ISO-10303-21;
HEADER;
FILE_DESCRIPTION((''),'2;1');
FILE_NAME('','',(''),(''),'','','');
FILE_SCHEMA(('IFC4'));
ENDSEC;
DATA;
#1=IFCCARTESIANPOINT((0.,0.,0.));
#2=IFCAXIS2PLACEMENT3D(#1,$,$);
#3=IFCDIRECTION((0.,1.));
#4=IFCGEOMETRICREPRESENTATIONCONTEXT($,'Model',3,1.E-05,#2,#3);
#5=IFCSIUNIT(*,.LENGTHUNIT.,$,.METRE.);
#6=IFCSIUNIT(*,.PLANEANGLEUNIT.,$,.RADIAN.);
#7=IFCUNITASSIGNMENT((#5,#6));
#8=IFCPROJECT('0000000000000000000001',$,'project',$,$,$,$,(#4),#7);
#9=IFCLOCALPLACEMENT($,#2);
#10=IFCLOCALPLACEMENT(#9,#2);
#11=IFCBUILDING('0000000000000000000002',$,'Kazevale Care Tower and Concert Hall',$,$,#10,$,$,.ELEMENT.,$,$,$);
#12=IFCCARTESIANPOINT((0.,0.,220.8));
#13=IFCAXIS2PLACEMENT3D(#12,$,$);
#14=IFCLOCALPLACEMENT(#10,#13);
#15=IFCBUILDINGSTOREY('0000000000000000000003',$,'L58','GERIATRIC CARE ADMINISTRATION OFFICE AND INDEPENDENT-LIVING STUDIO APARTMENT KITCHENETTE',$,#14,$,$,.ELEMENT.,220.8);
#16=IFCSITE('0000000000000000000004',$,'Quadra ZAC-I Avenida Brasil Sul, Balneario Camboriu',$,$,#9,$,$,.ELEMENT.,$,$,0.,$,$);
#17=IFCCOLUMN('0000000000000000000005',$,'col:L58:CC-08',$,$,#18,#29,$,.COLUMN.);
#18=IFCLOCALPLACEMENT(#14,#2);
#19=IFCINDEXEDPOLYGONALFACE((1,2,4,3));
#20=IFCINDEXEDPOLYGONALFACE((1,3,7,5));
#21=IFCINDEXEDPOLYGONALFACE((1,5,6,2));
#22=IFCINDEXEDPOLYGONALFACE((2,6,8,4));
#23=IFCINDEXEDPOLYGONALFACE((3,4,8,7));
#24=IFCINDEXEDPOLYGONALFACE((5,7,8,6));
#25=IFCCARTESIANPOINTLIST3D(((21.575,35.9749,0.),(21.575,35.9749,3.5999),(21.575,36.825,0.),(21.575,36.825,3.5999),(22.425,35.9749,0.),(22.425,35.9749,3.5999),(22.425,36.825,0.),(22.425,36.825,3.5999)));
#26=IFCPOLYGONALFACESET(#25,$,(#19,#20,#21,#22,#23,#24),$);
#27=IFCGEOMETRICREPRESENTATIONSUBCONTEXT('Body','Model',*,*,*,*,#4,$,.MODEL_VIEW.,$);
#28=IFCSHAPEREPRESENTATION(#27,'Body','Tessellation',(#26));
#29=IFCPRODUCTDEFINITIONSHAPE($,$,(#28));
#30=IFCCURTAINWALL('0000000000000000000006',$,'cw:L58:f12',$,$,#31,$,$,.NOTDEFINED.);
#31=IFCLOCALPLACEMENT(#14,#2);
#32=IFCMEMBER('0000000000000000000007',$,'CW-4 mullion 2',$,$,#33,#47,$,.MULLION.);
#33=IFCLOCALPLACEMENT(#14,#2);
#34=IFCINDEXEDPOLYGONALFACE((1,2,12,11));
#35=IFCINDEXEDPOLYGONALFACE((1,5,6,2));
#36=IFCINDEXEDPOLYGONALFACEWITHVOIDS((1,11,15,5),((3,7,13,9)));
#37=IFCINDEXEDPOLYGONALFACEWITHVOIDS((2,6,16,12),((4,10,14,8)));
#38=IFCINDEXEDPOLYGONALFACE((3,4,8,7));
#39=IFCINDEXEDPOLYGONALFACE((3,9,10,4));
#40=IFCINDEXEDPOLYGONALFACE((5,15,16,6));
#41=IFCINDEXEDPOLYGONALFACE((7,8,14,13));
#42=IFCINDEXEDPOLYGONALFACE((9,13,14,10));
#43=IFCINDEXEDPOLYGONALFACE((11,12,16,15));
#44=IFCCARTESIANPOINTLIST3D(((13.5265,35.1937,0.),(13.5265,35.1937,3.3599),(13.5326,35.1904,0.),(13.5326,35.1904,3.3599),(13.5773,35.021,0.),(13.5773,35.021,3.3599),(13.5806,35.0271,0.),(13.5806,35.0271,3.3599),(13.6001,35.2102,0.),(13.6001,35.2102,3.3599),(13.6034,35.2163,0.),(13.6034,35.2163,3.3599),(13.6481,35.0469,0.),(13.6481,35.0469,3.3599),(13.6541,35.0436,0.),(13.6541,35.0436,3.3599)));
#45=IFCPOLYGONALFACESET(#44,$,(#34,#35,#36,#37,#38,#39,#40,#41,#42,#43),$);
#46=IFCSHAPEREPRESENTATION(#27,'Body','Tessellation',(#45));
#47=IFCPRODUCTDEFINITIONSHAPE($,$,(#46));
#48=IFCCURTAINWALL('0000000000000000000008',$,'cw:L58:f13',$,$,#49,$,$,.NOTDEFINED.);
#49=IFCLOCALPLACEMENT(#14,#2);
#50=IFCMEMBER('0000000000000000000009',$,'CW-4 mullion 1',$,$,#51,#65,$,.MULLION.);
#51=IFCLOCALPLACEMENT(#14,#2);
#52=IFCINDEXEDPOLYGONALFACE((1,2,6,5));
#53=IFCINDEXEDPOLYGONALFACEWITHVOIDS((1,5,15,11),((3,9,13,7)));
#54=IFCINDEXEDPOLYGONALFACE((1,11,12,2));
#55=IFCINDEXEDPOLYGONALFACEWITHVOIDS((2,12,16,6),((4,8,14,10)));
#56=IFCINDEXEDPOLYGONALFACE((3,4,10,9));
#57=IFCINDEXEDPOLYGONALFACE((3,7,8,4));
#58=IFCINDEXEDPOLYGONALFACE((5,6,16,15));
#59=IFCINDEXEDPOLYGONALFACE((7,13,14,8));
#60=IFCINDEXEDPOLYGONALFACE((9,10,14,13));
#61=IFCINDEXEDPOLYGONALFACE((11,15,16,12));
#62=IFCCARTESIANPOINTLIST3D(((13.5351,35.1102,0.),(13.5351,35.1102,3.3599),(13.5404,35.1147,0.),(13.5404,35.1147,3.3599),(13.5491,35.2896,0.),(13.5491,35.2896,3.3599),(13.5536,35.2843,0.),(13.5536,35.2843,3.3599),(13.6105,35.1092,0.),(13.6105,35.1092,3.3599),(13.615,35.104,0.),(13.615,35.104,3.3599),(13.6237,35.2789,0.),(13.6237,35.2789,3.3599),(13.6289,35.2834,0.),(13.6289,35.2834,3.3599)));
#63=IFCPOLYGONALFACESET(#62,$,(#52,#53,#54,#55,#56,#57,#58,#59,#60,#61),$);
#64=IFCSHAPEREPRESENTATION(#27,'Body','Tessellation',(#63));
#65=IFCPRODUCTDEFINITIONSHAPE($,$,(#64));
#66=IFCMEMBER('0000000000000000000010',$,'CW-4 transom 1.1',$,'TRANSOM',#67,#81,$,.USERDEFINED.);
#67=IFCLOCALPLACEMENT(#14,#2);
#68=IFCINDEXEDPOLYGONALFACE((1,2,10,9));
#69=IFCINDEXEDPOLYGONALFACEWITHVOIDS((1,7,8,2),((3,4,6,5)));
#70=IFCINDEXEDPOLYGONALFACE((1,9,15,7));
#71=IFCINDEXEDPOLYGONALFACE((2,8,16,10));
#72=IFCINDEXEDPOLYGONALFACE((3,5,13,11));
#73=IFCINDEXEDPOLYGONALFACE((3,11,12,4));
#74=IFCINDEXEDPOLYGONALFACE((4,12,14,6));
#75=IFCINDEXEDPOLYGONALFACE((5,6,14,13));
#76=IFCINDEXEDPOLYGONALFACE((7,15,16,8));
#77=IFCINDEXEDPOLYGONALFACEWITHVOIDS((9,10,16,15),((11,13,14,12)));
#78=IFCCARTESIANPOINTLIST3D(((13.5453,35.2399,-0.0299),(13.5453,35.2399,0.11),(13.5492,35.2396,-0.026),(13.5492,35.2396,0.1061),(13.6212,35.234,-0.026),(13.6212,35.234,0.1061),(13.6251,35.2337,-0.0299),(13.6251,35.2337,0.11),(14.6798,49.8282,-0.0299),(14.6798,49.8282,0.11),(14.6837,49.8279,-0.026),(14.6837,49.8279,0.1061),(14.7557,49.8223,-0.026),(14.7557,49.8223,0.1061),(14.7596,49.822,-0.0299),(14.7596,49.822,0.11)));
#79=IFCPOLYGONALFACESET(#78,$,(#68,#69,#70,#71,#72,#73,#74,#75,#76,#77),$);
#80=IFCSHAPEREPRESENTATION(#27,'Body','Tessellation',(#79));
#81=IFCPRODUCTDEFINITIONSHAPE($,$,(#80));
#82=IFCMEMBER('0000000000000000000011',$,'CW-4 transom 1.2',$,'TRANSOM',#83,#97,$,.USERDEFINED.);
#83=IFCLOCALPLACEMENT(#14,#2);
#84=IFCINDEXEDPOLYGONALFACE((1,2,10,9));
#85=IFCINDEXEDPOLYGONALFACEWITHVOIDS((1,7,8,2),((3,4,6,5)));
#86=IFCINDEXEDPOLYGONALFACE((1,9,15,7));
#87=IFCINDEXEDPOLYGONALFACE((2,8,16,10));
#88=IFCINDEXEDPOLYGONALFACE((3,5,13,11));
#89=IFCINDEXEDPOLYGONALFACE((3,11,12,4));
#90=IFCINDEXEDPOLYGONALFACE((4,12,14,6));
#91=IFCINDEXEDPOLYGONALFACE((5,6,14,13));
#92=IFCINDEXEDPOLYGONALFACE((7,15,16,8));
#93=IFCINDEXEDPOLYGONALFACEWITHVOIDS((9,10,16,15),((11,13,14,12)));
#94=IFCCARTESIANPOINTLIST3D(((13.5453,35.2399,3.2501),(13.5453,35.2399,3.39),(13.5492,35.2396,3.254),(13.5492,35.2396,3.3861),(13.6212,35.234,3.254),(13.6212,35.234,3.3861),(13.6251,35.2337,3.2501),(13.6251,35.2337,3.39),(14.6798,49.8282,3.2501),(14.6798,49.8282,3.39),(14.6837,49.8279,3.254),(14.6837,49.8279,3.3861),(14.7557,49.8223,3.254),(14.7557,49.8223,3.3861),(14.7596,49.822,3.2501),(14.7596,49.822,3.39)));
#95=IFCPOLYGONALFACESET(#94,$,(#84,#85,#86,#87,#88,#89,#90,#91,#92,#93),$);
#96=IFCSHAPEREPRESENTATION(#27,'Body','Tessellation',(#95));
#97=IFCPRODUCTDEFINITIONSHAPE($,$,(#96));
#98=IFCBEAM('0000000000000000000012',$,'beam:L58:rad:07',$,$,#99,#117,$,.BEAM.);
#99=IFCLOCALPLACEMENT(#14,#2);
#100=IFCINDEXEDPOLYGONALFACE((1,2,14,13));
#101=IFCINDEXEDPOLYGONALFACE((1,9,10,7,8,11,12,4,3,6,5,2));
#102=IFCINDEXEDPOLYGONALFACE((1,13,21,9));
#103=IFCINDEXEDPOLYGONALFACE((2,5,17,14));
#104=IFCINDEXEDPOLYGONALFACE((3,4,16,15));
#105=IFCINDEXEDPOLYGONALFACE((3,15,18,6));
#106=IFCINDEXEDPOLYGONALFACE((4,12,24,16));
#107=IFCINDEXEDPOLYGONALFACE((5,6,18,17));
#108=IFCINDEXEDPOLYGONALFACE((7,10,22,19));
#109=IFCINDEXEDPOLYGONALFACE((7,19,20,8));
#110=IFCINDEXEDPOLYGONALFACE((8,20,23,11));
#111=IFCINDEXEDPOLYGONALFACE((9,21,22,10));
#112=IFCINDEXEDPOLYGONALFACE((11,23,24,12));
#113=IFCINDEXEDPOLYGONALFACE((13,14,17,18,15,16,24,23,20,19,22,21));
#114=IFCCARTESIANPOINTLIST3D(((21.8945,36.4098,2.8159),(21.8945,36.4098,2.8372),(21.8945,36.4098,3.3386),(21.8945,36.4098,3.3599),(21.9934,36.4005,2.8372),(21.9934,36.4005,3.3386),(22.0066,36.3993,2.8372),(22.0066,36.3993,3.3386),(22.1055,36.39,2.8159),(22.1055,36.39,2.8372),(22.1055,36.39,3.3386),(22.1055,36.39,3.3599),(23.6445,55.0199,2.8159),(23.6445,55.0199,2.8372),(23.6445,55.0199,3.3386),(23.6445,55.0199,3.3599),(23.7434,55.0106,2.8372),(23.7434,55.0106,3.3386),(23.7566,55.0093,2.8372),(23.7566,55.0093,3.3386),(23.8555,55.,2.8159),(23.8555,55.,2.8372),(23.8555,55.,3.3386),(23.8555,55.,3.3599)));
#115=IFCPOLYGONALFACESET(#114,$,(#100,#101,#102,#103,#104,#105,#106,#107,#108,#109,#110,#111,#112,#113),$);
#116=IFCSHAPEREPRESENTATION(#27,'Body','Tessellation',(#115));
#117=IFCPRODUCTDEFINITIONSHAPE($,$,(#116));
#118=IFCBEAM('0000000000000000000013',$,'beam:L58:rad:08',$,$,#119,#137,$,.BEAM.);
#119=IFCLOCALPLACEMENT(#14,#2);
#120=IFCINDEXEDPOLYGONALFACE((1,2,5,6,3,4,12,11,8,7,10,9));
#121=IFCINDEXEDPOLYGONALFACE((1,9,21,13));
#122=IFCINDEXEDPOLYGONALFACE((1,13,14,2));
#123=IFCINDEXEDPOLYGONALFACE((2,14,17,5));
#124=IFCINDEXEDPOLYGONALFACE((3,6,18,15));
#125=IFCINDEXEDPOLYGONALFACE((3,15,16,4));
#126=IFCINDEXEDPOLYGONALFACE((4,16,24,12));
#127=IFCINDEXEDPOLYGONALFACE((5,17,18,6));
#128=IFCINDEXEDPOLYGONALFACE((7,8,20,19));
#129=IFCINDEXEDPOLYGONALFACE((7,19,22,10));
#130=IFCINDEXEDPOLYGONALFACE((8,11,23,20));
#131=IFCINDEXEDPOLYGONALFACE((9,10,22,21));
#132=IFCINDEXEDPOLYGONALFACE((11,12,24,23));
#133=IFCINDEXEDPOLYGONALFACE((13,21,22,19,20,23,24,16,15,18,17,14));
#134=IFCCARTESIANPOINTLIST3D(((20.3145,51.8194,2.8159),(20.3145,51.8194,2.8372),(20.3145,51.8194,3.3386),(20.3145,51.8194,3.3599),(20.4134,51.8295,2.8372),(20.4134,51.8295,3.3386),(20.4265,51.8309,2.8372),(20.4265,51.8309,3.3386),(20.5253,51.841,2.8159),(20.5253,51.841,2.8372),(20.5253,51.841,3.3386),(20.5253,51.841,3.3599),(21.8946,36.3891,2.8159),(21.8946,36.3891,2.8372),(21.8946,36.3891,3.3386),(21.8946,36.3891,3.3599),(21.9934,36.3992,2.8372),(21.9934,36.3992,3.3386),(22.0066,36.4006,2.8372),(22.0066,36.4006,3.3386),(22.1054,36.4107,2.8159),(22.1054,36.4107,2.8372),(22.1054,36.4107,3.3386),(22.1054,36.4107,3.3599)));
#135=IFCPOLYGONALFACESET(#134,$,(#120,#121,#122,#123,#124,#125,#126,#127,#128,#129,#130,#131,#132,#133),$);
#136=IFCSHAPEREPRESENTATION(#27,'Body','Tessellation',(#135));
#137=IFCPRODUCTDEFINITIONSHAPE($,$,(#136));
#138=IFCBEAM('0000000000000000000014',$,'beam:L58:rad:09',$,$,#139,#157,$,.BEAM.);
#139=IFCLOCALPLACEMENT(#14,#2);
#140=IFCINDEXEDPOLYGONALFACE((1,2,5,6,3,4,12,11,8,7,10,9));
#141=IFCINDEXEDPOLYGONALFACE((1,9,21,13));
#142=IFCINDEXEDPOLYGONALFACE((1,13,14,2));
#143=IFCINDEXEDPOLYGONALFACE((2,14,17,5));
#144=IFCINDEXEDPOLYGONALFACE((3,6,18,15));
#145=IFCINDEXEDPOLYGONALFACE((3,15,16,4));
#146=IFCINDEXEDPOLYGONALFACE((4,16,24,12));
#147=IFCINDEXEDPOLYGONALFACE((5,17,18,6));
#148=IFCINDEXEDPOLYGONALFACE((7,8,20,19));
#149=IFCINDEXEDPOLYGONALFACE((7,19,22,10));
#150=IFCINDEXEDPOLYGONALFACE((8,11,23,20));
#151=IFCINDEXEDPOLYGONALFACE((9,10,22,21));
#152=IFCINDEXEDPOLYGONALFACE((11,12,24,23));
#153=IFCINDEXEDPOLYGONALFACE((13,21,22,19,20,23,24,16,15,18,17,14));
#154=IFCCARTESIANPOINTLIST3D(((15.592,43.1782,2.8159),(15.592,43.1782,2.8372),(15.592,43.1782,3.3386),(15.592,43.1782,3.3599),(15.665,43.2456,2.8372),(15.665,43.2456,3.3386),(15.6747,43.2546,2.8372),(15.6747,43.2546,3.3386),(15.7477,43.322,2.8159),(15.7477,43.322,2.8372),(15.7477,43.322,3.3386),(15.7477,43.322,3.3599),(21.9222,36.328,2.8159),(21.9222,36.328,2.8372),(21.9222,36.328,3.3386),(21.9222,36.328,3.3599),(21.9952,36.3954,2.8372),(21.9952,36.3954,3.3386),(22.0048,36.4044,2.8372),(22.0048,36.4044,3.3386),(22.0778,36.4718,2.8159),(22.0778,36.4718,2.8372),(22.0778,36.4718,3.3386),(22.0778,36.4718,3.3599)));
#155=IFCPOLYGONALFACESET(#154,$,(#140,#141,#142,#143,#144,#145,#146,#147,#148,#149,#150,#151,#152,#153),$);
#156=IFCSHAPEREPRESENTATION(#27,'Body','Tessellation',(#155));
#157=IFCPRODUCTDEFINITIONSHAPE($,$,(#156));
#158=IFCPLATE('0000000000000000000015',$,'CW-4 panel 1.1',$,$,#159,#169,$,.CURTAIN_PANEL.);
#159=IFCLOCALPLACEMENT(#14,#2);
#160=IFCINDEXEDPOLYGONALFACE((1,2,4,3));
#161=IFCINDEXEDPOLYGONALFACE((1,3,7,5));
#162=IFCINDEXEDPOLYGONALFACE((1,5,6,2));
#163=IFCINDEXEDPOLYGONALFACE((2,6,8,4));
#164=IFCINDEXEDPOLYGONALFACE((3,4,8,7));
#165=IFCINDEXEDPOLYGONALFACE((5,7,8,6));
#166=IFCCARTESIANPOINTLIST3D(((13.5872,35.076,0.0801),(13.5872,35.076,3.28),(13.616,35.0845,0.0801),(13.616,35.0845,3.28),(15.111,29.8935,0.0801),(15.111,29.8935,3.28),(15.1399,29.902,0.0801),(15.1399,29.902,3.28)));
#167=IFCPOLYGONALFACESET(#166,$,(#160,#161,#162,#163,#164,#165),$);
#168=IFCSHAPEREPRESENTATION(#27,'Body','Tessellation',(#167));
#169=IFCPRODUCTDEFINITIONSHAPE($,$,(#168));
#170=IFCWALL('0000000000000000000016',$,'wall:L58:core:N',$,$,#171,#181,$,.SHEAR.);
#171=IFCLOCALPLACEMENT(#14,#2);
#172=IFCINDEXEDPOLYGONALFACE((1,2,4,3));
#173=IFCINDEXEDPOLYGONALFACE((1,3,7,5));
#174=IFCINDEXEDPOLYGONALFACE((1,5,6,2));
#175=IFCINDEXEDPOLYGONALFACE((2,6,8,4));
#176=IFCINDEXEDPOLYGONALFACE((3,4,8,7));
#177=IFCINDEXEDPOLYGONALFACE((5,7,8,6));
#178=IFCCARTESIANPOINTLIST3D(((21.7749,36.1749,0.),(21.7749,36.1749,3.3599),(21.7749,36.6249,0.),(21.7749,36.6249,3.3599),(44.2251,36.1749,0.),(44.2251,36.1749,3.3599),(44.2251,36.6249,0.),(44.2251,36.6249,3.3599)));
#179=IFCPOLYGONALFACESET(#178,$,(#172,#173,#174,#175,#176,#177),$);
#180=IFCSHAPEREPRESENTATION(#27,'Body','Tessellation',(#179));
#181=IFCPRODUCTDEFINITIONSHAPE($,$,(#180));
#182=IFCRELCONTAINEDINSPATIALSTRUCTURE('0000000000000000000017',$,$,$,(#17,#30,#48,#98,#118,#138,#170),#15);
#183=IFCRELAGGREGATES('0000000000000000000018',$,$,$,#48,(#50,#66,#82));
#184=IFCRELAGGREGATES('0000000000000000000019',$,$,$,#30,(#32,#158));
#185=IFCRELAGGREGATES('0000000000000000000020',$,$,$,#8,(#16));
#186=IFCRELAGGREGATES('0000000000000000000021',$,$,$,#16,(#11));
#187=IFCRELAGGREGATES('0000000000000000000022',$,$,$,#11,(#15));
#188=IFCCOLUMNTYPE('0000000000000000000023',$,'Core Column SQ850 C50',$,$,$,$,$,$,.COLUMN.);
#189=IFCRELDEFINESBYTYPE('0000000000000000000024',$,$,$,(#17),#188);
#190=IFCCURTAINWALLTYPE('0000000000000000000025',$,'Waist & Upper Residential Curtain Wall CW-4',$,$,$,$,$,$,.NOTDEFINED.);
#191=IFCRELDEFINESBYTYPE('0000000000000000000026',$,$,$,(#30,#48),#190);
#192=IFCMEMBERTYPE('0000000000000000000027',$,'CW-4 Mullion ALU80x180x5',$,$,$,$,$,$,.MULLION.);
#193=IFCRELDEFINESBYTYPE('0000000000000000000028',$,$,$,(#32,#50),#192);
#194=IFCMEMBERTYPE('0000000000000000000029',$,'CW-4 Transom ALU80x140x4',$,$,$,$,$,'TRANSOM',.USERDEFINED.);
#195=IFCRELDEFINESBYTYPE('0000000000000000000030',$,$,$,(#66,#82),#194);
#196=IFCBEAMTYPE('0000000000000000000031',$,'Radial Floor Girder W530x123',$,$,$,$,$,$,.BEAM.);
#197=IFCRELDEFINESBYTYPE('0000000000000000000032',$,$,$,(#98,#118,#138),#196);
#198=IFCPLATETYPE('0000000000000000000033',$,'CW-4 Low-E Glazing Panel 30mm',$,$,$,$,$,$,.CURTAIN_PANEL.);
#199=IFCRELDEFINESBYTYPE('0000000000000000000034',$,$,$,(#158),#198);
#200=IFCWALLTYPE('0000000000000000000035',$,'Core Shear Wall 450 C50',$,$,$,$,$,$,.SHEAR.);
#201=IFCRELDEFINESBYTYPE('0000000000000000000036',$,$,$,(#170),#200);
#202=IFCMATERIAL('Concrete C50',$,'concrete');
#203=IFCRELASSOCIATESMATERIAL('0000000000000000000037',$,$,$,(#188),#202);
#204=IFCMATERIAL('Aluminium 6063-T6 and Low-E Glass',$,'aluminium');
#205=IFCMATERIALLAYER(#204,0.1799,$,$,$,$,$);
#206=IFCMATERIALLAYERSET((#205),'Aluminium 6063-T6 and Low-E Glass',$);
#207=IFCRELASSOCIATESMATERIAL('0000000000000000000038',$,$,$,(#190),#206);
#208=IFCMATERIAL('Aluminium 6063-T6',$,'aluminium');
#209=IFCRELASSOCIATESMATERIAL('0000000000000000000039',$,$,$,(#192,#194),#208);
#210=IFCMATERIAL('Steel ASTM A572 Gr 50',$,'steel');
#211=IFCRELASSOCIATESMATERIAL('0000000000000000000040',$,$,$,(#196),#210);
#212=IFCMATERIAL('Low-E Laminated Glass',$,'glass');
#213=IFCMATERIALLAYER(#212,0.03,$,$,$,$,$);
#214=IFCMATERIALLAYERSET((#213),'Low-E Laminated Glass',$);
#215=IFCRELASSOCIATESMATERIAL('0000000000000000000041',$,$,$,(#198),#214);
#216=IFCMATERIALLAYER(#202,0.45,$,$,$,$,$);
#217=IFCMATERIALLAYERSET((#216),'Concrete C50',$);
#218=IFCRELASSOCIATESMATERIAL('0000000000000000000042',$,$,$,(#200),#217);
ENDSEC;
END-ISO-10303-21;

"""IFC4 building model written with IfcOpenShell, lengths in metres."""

from ifc_helpers import new_model, si_unit, direction, frame, frame_2d, origin, origin_2d, place, context, subcontext, project, spatial, rectangle, hollow_rectangle, i_section, extrude, material, layer, layer_set, material_profile, profile_set, type_object, element, aggregate, save


model = new_model("IFC4")

# Units and contexts
model_context = context("Model", 3, precision=1e-05, world=origin(), true_north=direction((0.0, 1.0)))
body_context = subcontext(model_context, "Body", "Model", "MODEL_VIEW")
ifc_project = project(units=[si_unit("LENGTHUNIT", "METRE"), si_unit("PLANEANGLEUNIT", "RADIAN")], contexts=[model_context])

# Site, building, storey
site_placement = place(None, origin())
site = spatial("IfcSite", under=ifc_project, at=site_placement, Name="Quadra ZAC-I Avenida Brasil Sul, Balneario Camboriu", CompositionType="ELEMENT", RefElevation=0.0)
building_placement = place(site_placement, origin())
building = spatial("IfcBuilding", under=site, at=building_placement, Name="Kazevale Care Tower and Concert Hall", CompositionType="ELEMENT")
storey_placement = place(building_placement, frame((0.0, 0.0, 220.8)))
storey = spatial("IfcBuildingStorey", under=building, at=storey_placement, Name="L58", Description="GERIATRIC CARE ADMINISTRATION OFFICE AND INDEPENDENT-LIVING STUDIO APARTMENT KITCHENETTE", CompositionType="ELEMENT", Elevation=220.8)

# Column
ifc_material_1 = material(Name="Concrete C50", Category="concrete")
ifc_material_profile_1 = material_profile(ifc_material_1, rectangle(XDim=0.8501, YDim=0.8501, at=origin_2d()), Name="RC-SQ850")
ifc_profile_set_1 = profile_set([ifc_material_profile_1], Name="Concrete C50")
column_type = type_object("IfcColumnType", Name="Core Column SQ850 C50", PredefinedType="COLUMN", material=ifc_profile_set_1)
column_placement = place(storey_placement, frame((22.0, 36.3999, 0.0), z_axis=(0.0, 0.0, 1.0), x_axis=(1.0, 0.0, 0.0)))
element("IfcColumn", 1, at=column_placement, inside=storey, type_object=column_type, Name="col:L58:CC-08", PredefinedType="COLUMN", context=body_context, shape_type="SweptSolid", body=[
    extrude(rectangle(XDim=0.8501, YDim=0.8501, at=origin_2d()), origin(), (0.0, 0.0, 1.0), 3.5999),
])

# Curtain wall, member
ifc_material_2 = material(Name="Aluminium 6063-T6 and Low-E Glass", Category="aluminium")
ifc_layer_1 = layer(ifc_material_2, 0.1799)
ifc_layer_set_1 = layer_set([ifc_layer_1], Name="Aluminium 6063-T6 and Low-E Glass")
curtain_wall_type = type_object("IfcCurtainWallType", Name="Waist & Upper Residential Curtain Wall CW-4", PredefinedType="NOTDEFINED", material=ifc_layer_set_1)
curtain_wall_1_placement = place(storey_placement, origin())
curtain_wall_1 = element("IfcCurtainWall", 2, at=curtain_wall_1_placement, inside=storey, type_object=curtain_wall_type, Name="cw:L58:f12", PredefinedType="NOTDEFINED")
ifc_material_3 = material(Name="Aluminium 6063-T6", Category="aluminium")
ifc_material_profile_2 = material_profile(ifc_material_3, hollow_rectangle(XDim=0.0801, YDim=0.1799, WallThickness=0.0049, at=origin_2d()), Name="ALU80x180x5")
ifc_profile_set_2 = profile_set([ifc_material_profile_2], Name="Aluminium 6063-T6")
member_type_1 = type_object("IfcMemberType", Name="CW-4 Mullion ALU80x180x5", PredefinedType="MULLION", material=ifc_profile_set_2)
member_1_placement = place(storey_placement, frame((13.5903, 35.1187, 0.0), z_axis=(0.0, 0.0, 1.0), x_axis=(-0.959386, -0.282098, 0.0)))
member_1 = element("IfcMember", 3, at=member_1_placement, type_object=member_type_1, Name="CW-4 mullion 2", PredefinedType="MULLION", context=body_context, shape_type="SweptSolid", body=[
    extrude(hollow_rectangle(XDim=0.0801, YDim=0.1799, WallThickness=0.0049, at=origin_2d()), origin(), (0.0, 0.0, 1.0), 3.3599),
])

# Curtain wall, members
curtain_wall_2_placement = place(storey_placement, origin())
curtain_wall_2 = element("IfcCurtainWall", 4, at=curtain_wall_2_placement, inside=storey, type_object=curtain_wall_type, Name="cw:L58:f13", PredefinedType="NOTDEFINED")
member_2_placement = place(storey_placement, frame((13.582, 35.1968, 0.0), z_axis=(0.0, 0.0, 1.0), x_axis=(-0.996989, 0.077539, 0.0)))
member_2 = element("IfcMember", 5, at=member_2_placement, type_object=member_type_1, Name="CW-4 mullion 1", PredefinedType="MULLION", context=body_context, shape_type="SweptSolid", body=[
    extrude(hollow_rectangle(XDim=0.0801, YDim=0.1799, WallThickness=0.0049, at=origin_2d()), origin(), (0.0, 0.0, 1.0), 3.3599),
])
ifc_material_profile_3 = material_profile(ifc_material_3, hollow_rectangle(XDim=0.0801, YDim=0.1399, WallThickness=0.0039, at=origin_2d()), Name="ALU80x140x4")
ifc_profile_set_3 = profile_set([ifc_material_profile_3], Name="Aluminium 6063-T6")
member_type_2 = type_object("IfcMemberType", Name="CW-4 Transom ALU80x140x4", ElementType="TRANSOM", PredefinedType="USERDEFINED", material=ifc_profile_set_3)
member_3_placement = place(storey_placement, frame((13.5852, 35.2368, 0.04), z_axis=(0.077535, 0.99699, 0.0), x_axis=(-0.99699, 0.077535, 0.0)))
member_3 = element("IfcMember", 6, at=member_3_placement, type_object=member_type_2, Name="CW-4 transom 1.1", ObjectType="TRANSOM", PredefinedType="USERDEFINED", context=body_context, shape_type="SweptSolid", body=[
    extrude(hollow_rectangle(XDim=0.0801, YDim=0.1399, WallThickness=0.0039, at=origin_2d()), origin(), (0.0, 0.0, 1.0), 14.6323),
])
member_4_placement = place(storey_placement, frame((13.5852, 35.2368, 3.3201), z_axis=(0.077535, 0.99699, 0.0), x_axis=(-0.99699, 0.077535, 0.0)))
member_4 = element("IfcMember", 7, at=member_4_placement, type_object=member_type_2, Name="CW-4 transom 1.2", ObjectType="TRANSOM", PredefinedType="USERDEFINED", context=body_context, shape_type="SweptSolid", body=[
    extrude(hollow_rectangle(XDim=0.0801, YDim=0.1399, WallThickness=0.0039, at=origin_2d()), origin(), (0.0, 0.0, 1.0), 14.6323),
])
aggregate(curtain_wall_2, [member_2, member_3, member_4])

# Beams
ifc_material_4 = material(Name="Steel ASTM A572 Gr 50", Category="steel")
ifc_material_profile_4 = material_profile(ifc_material_4, i_section(OverallWidth=0.2119, OverallDepth=0.5439, WebThickness=0.0132, FlangeThickness=0.0212, at=origin_2d()), Name="W530x123")
ifc_profile_set_4 = profile_set([ifc_material_profile_4], Name="Steel ASTM A572 Gr 50")
beam_type = type_object("IfcBeamType", Name="Radial Floor Girder W530x123", PredefinedType="BEAM", material=ifc_profile_set_4)
beam_1_placement = place(storey_placement, frame((22.0, 36.3999, 3.0879), z_axis=(0.093622, 0.995608, 0.0), x_axis=(-0.995608, 0.093622, 0.0)))
element("IfcBeam", 8, at=beam_1_placement, inside=storey, type_object=beam_type, Name="beam:L58:rad:07", PredefinedType="BEAM", context=body_context, shape_type="SweptSolid", body=[
    extrude(i_section(OverallWidth=0.2119, OverallDepth=0.5439, WebThickness=0.0132, FlangeThickness=0.0212, at=origin_2d()), origin(), (0.0, 0.0, 1.0), 18.6921),
])
beam_2_placement = place(storey_placement, frame((22.0, 36.3999, 3.0879), z_axis=(-0.101869, 0.994798, 0.0), x_axis=(-0.994798, -0.101869, 0.0)))
element("IfcBeam", 9, at=beam_2_placement, inside=storey, type_object=beam_type, Name="beam:L58:rad:08", PredefinedType="BEAM", context=body_context, shape_type="SweptSolid", body=[
    extrude(i_section(OverallWidth=0.2119, OverallDepth=0.5439, WebThickness=0.0132, FlangeThickness=0.0212, at=origin_2d()), origin(), (0.0, 0.0, 1.0), 15.511),
])
beam_3_placement = place(storey_placement, frame((22.0, 36.3999, 3.0879), z_axis=(-0.67868, 0.734434, 0.0), x_axis=(-0.734434, -0.67868, 0.0)))
element("IfcBeam", 10, at=beam_3_placement, inside=storey, type_object=beam_type, Name="beam:L58:rad:09", PredefinedType="BEAM", context=body_context, shape_type="SweptSolid", body=[
    extrude(i_section(OverallWidth=0.2119, OverallDepth=0.5439, WebThickness=0.0132, FlangeThickness=0.0212, at=origin_2d()), origin(), (0.0, 0.0, 1.0), 9.3271),
])

# Plate
ifc_material_5 = material(Name="Low-E Laminated Glass", Category="glass")
ifc_layer_2 = layer(ifc_material_5, 0.03)
ifc_layer_set_2 = layer_set([ifc_layer_2], Name="Low-E Laminated Glass")
plate_type = type_object("IfcPlateType", Name="CW-4 Low-E Glazing Panel 30mm", PredefinedType="CURTAIN_PANEL", material=ifc_layer_set_2)
plate_placement = place(storey_placement, frame((14.3635, 32.489, 0.0801), z_axis=(0.0, 0.0, 1.0), x_axis=(-0.282098, 0.959386, 0.0)))
plate = element("IfcPlate", 11, at=plate_placement, type_object=plate_type, Name="CW-4 panel 1.1", PredefinedType="CURTAIN_PANEL", context=body_context, shape_type="SweptSolid", body=[
    extrude(rectangle(XDim=5.4019, YDim=0.03, at=origin_2d()), origin(), (0.0, 0.0, 1.0), 3.2),
])
aggregate(curtain_wall_1, [member_1, plate])

# Wall
ifc_layer_3 = layer(ifc_material_1, 0.45)
ifc_layer_set_3 = layer_set([ifc_layer_3], Name="Concrete C50")
wall_type_1 = type_object("IfcWallType", Name="Core Shear Wall 450 C50", PredefinedType="SHEAR", material=ifc_layer_set_3)
wall_1_placement = place(storey_placement, frame((21.7749, 36.3999, 0.0), z_axis=(0.0, 0.0, 1.0), x_axis=(1.0, 0.0, 0.0)))
element("IfcWall", 12, at=wall_1_placement, inside=storey, type_object=wall_type_1, Name="wall:L58:core:N", PredefinedType="SHEAR", context=body_context, shape_type="SweptSolid", body=[
    extrude(rectangle(XDim=22.4502, YDim=0.45, at=frame_2d((11.2251, 0.0))), origin(), (0.0, 0.0, 1.0), 3.3599),
])

save(model, "model.ifc")
